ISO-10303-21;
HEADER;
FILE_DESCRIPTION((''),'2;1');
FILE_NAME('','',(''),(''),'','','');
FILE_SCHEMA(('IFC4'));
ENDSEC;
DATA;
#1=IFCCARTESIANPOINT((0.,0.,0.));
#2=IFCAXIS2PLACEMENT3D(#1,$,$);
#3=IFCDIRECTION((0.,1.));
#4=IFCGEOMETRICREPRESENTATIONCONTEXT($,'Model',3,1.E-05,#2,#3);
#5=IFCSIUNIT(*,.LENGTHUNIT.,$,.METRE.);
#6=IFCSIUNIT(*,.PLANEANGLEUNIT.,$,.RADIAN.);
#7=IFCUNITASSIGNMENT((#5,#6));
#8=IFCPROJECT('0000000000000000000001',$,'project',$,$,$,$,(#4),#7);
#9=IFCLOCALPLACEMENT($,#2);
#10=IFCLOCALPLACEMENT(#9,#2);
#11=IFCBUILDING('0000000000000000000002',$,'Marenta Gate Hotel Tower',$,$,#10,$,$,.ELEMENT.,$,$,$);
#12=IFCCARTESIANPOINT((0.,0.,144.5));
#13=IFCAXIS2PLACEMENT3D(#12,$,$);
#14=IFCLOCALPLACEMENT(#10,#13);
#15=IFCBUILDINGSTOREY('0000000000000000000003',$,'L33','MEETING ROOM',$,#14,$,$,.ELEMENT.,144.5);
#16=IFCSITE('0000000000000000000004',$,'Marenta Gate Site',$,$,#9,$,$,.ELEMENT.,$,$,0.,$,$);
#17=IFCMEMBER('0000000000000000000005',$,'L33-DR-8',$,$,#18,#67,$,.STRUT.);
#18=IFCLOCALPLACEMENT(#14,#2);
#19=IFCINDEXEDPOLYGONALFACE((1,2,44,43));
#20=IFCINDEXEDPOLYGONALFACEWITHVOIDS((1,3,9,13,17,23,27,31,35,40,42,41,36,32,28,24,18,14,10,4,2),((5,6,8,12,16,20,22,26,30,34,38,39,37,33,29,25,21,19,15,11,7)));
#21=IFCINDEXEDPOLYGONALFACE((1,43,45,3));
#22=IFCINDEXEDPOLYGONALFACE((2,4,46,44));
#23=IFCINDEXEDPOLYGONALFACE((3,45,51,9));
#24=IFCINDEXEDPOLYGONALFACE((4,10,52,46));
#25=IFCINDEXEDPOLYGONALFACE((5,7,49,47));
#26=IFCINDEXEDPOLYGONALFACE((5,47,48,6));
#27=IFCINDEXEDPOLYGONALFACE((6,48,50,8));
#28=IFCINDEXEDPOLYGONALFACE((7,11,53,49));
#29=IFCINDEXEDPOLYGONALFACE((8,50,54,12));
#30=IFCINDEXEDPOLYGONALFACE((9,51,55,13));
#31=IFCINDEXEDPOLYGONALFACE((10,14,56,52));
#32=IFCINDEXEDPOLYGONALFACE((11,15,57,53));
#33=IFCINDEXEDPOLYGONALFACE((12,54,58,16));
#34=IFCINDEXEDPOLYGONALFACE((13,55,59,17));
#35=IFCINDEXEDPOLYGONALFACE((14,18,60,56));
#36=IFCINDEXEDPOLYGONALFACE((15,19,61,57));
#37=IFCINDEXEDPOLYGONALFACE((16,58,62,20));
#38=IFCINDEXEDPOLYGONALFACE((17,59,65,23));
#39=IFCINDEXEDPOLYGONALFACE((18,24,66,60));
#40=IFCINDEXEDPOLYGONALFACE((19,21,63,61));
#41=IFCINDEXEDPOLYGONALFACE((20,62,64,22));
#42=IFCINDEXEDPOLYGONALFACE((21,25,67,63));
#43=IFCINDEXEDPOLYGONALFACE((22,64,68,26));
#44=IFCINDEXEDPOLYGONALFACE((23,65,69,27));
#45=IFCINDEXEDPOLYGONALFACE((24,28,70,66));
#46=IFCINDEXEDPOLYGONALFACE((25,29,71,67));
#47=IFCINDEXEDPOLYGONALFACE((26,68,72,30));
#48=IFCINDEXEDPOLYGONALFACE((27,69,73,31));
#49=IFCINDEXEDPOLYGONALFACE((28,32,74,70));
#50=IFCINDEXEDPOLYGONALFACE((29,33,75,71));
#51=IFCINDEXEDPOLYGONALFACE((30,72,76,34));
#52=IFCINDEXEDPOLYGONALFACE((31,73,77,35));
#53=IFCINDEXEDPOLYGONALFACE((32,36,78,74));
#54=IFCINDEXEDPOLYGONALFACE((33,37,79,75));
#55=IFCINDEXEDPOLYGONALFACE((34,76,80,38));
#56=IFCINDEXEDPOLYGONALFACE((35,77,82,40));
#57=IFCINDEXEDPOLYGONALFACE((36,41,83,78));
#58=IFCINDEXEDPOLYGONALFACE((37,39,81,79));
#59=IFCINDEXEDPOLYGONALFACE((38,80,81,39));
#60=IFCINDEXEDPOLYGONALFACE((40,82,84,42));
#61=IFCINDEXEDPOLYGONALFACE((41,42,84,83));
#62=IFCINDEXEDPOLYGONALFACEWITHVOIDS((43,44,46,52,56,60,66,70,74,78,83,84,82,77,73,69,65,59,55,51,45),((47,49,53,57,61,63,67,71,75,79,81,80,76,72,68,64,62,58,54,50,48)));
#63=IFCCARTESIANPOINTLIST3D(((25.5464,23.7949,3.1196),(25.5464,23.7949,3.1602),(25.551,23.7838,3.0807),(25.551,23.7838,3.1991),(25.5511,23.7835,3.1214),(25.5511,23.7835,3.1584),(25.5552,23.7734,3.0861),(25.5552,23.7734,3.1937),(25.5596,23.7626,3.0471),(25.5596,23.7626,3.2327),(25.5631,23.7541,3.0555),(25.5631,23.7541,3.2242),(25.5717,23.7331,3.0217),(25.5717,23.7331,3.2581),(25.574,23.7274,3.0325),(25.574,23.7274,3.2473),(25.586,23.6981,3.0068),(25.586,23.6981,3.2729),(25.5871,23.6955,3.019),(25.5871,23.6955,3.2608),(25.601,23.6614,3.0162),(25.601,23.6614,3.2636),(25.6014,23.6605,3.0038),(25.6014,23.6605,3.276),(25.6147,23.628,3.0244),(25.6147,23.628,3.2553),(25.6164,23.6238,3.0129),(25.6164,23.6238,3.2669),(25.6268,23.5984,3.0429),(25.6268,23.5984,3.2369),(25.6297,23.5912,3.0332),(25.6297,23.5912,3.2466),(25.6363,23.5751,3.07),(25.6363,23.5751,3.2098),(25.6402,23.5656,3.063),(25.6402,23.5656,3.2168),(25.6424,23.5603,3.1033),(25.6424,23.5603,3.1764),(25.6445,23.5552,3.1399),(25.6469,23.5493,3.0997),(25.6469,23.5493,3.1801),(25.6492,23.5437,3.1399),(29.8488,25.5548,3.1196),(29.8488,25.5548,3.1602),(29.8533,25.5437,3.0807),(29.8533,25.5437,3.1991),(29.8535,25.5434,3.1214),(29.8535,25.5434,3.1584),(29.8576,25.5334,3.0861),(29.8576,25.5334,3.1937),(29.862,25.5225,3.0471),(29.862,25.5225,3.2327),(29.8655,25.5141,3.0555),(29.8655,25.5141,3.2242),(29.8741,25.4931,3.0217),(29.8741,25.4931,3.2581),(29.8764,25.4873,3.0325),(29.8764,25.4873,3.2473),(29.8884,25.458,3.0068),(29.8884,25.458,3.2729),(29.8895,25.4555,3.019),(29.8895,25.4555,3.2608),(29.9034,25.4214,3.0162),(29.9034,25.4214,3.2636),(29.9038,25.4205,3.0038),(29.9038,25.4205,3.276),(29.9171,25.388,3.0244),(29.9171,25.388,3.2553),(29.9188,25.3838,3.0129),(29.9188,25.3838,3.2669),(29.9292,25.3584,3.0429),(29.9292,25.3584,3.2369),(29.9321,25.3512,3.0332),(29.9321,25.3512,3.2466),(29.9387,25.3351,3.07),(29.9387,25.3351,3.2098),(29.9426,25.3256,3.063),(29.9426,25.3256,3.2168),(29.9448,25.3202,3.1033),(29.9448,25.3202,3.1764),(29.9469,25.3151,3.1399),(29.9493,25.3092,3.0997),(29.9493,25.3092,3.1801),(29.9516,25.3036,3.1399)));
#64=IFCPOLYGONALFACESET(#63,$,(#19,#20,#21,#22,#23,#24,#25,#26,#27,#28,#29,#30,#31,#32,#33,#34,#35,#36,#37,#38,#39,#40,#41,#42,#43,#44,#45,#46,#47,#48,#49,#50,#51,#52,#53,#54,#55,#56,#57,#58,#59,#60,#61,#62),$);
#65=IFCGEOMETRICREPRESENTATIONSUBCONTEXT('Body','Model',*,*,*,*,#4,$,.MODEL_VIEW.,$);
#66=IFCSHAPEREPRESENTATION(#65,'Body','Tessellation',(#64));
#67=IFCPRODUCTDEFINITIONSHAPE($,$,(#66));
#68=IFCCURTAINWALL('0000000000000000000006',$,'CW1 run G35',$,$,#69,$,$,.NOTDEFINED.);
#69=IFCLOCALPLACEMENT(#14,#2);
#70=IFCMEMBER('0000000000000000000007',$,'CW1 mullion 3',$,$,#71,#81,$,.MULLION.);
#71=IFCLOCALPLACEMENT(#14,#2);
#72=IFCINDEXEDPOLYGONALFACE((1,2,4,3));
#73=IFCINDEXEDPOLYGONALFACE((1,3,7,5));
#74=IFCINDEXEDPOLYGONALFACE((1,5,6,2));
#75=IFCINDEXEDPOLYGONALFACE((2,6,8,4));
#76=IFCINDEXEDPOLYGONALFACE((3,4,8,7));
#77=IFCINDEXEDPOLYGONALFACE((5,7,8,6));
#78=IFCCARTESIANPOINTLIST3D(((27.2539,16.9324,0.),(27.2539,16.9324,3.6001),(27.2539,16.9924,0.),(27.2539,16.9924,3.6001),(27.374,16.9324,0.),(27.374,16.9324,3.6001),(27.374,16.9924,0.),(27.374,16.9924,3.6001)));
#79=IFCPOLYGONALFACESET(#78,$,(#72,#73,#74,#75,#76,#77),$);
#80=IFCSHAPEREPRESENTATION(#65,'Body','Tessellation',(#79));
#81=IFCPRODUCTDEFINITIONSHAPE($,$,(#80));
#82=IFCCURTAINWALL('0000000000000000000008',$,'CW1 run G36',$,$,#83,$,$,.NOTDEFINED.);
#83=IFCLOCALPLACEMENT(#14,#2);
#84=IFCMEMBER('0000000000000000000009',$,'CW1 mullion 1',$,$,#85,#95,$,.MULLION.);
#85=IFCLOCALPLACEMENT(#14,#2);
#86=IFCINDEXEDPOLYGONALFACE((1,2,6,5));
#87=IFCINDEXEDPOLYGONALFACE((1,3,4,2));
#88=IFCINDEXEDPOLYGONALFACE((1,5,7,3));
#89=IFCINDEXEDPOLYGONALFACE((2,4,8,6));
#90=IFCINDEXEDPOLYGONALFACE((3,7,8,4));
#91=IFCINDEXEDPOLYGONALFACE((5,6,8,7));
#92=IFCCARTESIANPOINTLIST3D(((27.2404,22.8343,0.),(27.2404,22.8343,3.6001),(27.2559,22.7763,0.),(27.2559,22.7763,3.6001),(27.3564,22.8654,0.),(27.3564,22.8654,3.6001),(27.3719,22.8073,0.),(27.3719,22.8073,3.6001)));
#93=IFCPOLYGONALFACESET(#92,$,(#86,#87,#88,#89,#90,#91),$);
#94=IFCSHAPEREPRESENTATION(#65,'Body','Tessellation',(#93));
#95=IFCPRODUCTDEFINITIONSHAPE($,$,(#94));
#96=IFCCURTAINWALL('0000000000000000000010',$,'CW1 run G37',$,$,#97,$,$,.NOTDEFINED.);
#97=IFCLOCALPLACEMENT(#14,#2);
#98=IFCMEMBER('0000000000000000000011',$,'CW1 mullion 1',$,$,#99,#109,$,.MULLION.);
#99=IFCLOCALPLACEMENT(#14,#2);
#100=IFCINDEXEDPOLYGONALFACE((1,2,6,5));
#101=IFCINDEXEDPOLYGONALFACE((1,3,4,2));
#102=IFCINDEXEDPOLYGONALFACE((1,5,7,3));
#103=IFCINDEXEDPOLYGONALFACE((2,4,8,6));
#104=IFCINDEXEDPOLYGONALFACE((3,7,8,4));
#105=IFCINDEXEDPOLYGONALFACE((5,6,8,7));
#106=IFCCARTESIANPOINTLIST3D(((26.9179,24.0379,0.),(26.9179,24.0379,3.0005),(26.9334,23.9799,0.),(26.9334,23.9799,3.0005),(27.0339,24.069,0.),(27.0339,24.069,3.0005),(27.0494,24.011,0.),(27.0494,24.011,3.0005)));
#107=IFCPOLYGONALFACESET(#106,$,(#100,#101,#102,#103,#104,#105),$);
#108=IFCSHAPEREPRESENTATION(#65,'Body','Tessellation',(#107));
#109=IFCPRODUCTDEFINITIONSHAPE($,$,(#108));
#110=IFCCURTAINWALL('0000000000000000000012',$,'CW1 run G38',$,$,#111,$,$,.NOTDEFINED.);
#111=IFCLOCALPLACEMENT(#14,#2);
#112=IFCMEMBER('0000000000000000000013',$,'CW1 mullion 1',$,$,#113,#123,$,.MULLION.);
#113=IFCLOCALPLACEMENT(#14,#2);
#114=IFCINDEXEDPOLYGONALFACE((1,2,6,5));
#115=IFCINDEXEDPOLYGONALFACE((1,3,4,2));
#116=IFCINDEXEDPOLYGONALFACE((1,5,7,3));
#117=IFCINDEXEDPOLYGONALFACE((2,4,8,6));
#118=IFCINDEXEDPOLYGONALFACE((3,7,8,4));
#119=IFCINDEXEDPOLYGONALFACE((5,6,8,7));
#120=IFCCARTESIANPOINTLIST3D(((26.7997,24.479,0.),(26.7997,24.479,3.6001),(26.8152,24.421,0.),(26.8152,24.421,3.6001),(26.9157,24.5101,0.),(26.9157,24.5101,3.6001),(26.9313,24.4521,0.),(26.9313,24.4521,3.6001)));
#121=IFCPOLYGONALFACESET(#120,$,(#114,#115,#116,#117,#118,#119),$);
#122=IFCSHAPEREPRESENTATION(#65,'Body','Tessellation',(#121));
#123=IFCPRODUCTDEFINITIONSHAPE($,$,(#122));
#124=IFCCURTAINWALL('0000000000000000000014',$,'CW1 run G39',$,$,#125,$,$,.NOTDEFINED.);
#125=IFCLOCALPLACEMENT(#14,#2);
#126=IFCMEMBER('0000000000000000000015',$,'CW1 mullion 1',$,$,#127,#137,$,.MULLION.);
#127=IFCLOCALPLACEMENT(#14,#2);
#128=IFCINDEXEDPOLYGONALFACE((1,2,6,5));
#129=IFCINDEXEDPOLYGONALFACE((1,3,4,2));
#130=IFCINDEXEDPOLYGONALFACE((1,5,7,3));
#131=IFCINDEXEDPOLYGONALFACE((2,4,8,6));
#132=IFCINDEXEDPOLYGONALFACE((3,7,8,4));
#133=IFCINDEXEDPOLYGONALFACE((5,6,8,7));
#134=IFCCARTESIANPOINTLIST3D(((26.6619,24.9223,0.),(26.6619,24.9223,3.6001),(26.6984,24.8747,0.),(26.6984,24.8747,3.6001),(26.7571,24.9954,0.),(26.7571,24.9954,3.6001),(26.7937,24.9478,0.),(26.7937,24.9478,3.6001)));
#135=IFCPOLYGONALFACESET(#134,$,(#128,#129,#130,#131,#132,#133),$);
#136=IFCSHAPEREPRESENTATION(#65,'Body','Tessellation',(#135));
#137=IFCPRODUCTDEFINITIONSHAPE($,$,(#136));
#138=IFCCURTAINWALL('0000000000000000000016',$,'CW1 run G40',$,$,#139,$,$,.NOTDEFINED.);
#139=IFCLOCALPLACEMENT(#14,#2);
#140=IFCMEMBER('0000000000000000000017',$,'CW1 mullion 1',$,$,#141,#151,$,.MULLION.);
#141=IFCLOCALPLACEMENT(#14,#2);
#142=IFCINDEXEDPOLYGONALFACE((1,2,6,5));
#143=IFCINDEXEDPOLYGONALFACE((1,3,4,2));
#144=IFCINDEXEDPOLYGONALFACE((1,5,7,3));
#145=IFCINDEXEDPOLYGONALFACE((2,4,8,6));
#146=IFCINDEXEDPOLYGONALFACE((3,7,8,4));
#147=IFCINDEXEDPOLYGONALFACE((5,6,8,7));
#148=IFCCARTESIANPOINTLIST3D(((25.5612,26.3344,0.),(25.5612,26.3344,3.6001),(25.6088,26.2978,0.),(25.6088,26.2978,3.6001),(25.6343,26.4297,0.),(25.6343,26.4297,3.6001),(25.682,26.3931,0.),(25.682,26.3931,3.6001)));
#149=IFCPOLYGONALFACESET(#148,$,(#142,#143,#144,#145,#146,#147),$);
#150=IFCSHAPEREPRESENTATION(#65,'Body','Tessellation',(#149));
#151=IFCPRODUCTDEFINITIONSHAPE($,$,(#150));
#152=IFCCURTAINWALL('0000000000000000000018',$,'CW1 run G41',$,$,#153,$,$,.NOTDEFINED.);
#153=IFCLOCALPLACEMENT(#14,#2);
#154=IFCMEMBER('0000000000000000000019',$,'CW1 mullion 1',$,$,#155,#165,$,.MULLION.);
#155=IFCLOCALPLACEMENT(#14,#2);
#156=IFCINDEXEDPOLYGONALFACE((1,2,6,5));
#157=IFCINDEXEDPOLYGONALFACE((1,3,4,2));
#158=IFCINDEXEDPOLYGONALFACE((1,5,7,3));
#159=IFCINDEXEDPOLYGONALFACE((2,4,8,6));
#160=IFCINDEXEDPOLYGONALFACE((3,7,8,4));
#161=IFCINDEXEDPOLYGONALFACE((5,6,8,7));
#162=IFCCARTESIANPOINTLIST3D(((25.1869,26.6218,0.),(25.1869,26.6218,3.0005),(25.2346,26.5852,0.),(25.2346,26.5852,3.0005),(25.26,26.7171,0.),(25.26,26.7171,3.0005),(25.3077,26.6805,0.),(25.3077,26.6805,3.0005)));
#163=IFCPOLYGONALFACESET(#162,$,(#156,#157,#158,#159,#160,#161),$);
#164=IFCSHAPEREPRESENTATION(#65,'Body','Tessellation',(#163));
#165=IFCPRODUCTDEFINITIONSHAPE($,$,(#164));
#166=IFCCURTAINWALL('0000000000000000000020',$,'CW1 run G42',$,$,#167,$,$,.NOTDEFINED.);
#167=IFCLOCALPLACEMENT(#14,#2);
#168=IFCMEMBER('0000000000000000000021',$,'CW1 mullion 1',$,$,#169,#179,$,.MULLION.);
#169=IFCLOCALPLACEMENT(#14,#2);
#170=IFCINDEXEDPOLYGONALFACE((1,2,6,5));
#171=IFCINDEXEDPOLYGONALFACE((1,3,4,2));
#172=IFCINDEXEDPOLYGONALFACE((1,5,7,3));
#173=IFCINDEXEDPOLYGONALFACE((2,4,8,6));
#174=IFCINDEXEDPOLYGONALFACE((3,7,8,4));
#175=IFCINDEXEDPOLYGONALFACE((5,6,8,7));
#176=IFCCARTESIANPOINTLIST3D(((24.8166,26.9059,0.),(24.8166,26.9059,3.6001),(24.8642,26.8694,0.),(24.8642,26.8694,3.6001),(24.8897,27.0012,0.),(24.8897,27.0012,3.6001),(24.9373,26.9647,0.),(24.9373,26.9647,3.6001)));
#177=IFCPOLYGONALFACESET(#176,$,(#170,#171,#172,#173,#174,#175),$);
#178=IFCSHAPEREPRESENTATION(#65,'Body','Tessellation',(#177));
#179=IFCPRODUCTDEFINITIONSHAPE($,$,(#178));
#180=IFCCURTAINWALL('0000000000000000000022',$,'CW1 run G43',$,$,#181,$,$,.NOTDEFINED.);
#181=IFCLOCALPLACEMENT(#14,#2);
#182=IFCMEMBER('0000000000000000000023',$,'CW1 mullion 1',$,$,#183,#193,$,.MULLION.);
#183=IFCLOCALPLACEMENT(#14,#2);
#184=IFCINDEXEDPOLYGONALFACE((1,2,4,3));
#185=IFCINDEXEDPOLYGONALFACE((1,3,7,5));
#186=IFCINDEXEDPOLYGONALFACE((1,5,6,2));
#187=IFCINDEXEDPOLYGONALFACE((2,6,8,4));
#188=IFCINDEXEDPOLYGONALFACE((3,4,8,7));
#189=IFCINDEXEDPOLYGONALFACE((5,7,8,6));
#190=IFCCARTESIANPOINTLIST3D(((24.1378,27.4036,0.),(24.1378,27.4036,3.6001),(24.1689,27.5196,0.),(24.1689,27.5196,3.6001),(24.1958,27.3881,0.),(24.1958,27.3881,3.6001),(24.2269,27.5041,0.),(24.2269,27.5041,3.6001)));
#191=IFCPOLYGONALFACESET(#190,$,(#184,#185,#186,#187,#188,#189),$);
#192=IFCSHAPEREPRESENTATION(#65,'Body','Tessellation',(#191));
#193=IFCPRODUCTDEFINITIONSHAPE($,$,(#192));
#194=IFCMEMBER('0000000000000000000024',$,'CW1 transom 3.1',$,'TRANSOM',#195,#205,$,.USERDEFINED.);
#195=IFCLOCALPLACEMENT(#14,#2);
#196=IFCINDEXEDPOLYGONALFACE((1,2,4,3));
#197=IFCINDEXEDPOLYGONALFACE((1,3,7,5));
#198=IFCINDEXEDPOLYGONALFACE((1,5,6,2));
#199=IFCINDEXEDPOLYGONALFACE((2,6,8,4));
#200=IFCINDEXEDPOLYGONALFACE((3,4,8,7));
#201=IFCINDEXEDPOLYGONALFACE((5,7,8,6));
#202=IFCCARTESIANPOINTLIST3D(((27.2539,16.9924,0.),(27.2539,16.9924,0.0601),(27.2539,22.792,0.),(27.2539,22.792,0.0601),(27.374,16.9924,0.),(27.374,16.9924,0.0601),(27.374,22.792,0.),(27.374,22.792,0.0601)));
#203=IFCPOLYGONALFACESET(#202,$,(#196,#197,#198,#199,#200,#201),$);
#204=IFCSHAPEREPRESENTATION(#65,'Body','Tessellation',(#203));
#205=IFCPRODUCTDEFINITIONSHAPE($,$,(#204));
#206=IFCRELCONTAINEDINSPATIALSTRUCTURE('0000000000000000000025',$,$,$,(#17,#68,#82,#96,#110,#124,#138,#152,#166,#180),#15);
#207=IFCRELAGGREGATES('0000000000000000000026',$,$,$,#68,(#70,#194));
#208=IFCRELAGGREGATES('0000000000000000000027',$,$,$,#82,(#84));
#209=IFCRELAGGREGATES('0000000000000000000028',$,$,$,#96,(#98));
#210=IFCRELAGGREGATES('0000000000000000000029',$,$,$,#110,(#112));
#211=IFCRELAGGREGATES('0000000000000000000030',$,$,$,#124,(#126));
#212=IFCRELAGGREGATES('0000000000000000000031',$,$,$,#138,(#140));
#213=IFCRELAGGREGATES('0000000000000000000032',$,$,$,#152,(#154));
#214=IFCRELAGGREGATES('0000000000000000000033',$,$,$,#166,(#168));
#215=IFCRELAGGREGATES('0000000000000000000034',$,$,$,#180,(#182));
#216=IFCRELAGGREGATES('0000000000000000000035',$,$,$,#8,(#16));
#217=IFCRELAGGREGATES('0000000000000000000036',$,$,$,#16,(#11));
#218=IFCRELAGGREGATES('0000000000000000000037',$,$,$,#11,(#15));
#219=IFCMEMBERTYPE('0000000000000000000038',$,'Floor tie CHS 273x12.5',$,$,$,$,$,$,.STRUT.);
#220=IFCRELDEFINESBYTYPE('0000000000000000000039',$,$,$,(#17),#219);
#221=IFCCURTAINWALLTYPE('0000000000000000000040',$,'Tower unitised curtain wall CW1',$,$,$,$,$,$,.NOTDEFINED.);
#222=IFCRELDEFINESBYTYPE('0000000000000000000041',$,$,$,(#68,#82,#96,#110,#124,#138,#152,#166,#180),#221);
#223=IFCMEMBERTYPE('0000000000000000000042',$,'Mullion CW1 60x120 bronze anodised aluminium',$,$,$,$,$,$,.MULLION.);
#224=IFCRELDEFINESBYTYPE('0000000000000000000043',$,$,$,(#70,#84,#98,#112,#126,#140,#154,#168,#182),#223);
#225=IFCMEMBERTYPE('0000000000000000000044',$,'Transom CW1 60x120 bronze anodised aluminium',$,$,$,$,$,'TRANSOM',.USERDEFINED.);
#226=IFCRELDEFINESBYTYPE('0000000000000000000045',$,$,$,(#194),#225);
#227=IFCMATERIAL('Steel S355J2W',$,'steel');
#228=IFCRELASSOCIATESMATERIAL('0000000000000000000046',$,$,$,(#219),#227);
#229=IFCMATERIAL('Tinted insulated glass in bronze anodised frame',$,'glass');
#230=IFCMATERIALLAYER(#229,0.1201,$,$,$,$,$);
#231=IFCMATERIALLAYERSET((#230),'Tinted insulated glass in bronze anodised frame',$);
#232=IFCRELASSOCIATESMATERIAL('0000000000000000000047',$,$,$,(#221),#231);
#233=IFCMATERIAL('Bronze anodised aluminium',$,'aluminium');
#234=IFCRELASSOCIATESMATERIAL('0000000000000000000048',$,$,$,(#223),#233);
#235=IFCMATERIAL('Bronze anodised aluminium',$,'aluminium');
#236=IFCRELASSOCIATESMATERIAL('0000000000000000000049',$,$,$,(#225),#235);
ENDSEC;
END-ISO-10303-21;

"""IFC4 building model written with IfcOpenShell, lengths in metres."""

from ifc_helpers import new_model, si_unit, direction, frame, origin, origin_2d, place, context, subcontext, project, spatial, rectangle, hollow_circle, extrude, material, layer, layer_set, material_profile, profile_set, type_object, element, aggregate, save


model = new_model("IFC4")

# Units and contexts
model_context = context("Model", 3, precision=1e-05, world=origin(), true_north=direction((0.0, 1.0)))
body_context = subcontext(model_context, "Body", "Model", "MODEL_VIEW")
ifc_project = project(units=[si_unit("LENGTHUNIT", "METRE"), si_unit("PLANEANGLEUNIT", "RADIAN")], contexts=[model_context])

# Site, building, storey
site_placement = place(None, origin())
site = spatial("IfcSite", under=ifc_project, at=site_placement, Name="Marenta Gate Site", CompositionType="ELEMENT", RefElevation=0.0)
building_placement = place(site_placement, origin())
building = spatial("IfcBuilding", under=site, at=building_placement, Name="Marenta Gate Hotel Tower", CompositionType="ELEMENT")
storey_placement = place(building_placement, frame((0.0, 0.0, 144.5)))
storey = spatial("IfcBuildingStorey", under=building, at=storey_placement, Name="L33", Description="MEETING ROOM", CompositionType="ELEMENT", Elevation=144.5)

# Member
ifc_material_1 = material(Name="Steel S355J2W", Category="steel")
ifc_material_profile_1 = material_profile(ifc_material_1, hollow_circle(Radius=0.1365, WallThickness=0.0125, at=origin_2d()), Name="CHS 273x12.5")
ifc_profile_set_1 = profile_set([ifc_material_profile_1], Name="Steel S355J2W")
member_type_1 = type_object("IfcMemberType", Name="Floor tie CHS 273x12.5", PredefinedType="STRUT", material=ifc_profile_set_1)
member_1_placement = place(storey_placement, frame((29.8999, 25.4299, 3.1399), z_axis=(-0.925554, -0.378614, 0.0), x_axis=(0.378614, -0.925554, 0.0)))
element("IfcMember", 1, at=member_1_placement, inside=storey, type_object=member_type_1, Name="L33-DR-8", PredefinedType="STRUT", context=body_context, shape_type="SweptSolid", body=[
    extrude(hollow_circle(Radius=0.1365, WallThickness=0.0125, at=origin_2d()), origin(), (0.0, 0.0, 1.0), 4.6484),
])

# Curtain walls, members
ifc_material_2 = material(Name="Tinted insulated glass in bronze anodised frame", Category="glass")
ifc_layer_1 = layer(ifc_material_2, 0.1201)
ifc_layer_set_1 = layer_set([ifc_layer_1], Name="Tinted insulated glass in bronze anodised frame")
curtain_wall_type = type_object("IfcCurtainWallType", Name="Tower unitised curtain wall CW1", PredefinedType="NOTDEFINED", material=ifc_layer_set_1)
curtain_wall_1_placement = place(storey_placement, origin())
curtain_wall_1 = element("IfcCurtainWall", 2, at=curtain_wall_1_placement, inside=storey, type_object=curtain_wall_type, Name="CW1 run G35", PredefinedType="NOTDEFINED")
ifc_material_3 = material(Name="Bronze anodised aluminium", Category="aluminium")
ifc_material_profile_2 = material_profile(ifc_material_3, rectangle(XDim=0.1201, YDim=0.0601, at=origin_2d()), Name="Mullion CW1 60x120 bronze anodised aluminium")
ifc_profile_set_2 = profile_set([ifc_material_profile_2], Name="Bronze anodised aluminium")
member_type_2 = type_object("IfcMemberType", Name="Mullion CW1 60x120 bronze anodised aluminium", PredefinedType="MULLION", material=ifc_profile_set_2)
member_2_placement = place(storey_placement, frame((27.314, 16.9624, 0.0), z_axis=(0.0, 0.0, 1.0), x_axis=(-1.0, 0.0, 0.0)))
member_2 = element("IfcMember", 3, at=member_2_placement, type_object=member_type_2, Name="CW1 mullion 3", PredefinedType="MULLION", context=body_context, shape_type="SweptSolid", body=[
    extrude(rectangle(XDim=0.1201, YDim=0.0601, at=origin_2d()), origin(), (0.0, 0.0, 1.0), 3.6001),
])
curtain_wall_2_placement = place(storey_placement, origin())
curtain_wall_2 = element("IfcCurtainWall", 4, at=curtain_wall_2_placement, inside=storey, type_object=curtain_wall_type, Name="CW1 run G36", PredefinedType="NOTDEFINED")
member_3_placement = place(storey_placement, frame((27.3062, 22.8208, 0.0), z_axis=(0.0, 0.0, 1.0), x_axis=(-0.965927, -0.258816, 0.0)))
member_3 = element("IfcMember", 5, at=member_3_placement, type_object=member_type_2, Name="CW1 mullion 1", PredefinedType="MULLION", context=body_context, shape_type="SweptSolid", body=[
    extrude(rectangle(XDim=0.1201, YDim=0.0601, at=origin_2d()), origin(), (0.0, 0.0, 1.0), 3.6001),
])
curtain_wall_3_placement = place(storey_placement, origin())
curtain_wall_3 = element("IfcCurtainWall", 6, at=curtain_wall_3_placement, inside=storey, type_object=curtain_wall_type, Name="CW1 run G37", PredefinedType="NOTDEFINED")
member_4_placement = place(storey_placement, frame((26.9836, 24.0244, 0.0), z_axis=(0.0, 0.0, 1.0), x_axis=(-0.965922, -0.258835, 0.0)))
member_4 = element("IfcMember", 7, at=member_4_placement, type_object=member_type_2, Name="CW1 mullion 1", PredefinedType="MULLION", context=body_context, shape_type="SweptSolid", body=[
    extrude(rectangle(XDim=0.1201, YDim=0.0601, at=origin_2d()), origin(), (0.0, 0.0, 1.0), 3.0005),
])
curtain_wall_4_placement = place(storey_placement, origin())
curtain_wall_4 = element("IfcCurtainWall", 8, at=curtain_wall_4_placement, inside=storey, type_object=curtain_wall_type, Name="CW1 run G38", PredefinedType="NOTDEFINED")
member_5_placement = place(storey_placement, frame((26.8655, 24.4656, 0.0), z_axis=(0.0, 0.0, 1.0), x_axis=(-0.965924, -0.258828, 0.0)))
member_5 = element("IfcMember", 9, at=member_5_placement, type_object=member_type_2, Name="CW1 mullion 1", PredefinedType="MULLION", context=body_context, shape_type="SweptSolid", body=[
    extrude(rectangle(XDim=0.1201, YDim=0.0601, at=origin_2d()), origin(), (0.0, 0.0, 1.0), 3.6001),
])
curtain_wall_5_placement = place(storey_placement, origin())
curtain_wall_5 = element("IfcCurtainWall", 10, at=curtain_wall_5_placement, inside=storey, type_object=curtain_wall_type, Name="CW1 run G39", PredefinedType="NOTDEFINED")
member_6_placement = place(storey_placement, frame((26.7278, 24.9351, 0.0), z_axis=(0.0, 0.0, 1.0), x_axis=(-0.793327, -0.608796, 0.0)))
member_6 = element("IfcMember", 11, at=member_6_placement, type_object=member_type_2, Name="CW1 mullion 1", PredefinedType="MULLION", context=body_context, shape_type="SweptSolid", body=[
    extrude(rectangle(XDim=0.1201, YDim=0.0601, at=origin_2d()), origin(), (0.0, 0.0, 1.0), 3.6001),
])
curtain_wall_6_placement = place(storey_placement, origin())
curtain_wall_6 = element("IfcCurtainWall", 12, at=curtain_wall_6_placement, inside=storey, type_object=curtain_wall_type, Name="CW1 run G40", PredefinedType="NOTDEFINED")
member_7_placement = place(storey_placement, frame((25.6216, 26.3638, 0.0), z_axis=(0.0, 0.0, 1.0), x_axis=(-0.608778, -0.79334, 0.0)))
member_7 = element("IfcMember", 13, at=member_7_placement, type_object=member_type_2, Name="CW1 mullion 1", PredefinedType="MULLION", context=body_context, shape_type="SweptSolid", body=[
    extrude(rectangle(XDim=0.1201, YDim=0.0601, at=origin_2d()), origin(), (0.0, 0.0, 1.0), 3.6001),
])
curtain_wall_7_placement = place(storey_placement, origin())
curtain_wall_7 = element("IfcCurtainWall", 14, at=curtain_wall_7_placement, inside=storey, type_object=curtain_wall_type, Name="CW1 run G41", PredefinedType="NOTDEFINED")
member_8_placement = place(storey_placement, frame((25.2473, 26.6511, 0.0), z_axis=(0.0, 0.0, 1.0), x_axis=(-0.608737, -0.793372, 0.0)))
member_8 = element("IfcMember", 15, at=member_8_placement, type_object=member_type_2, Name="CW1 mullion 1", PredefinedType="MULLION", context=body_context, shape_type="SweptSolid", body=[
    extrude(rectangle(XDim=0.1201, YDim=0.0601, at=origin_2d()), origin(), (0.0, 0.0, 1.0), 3.0005),
])
curtain_wall_8_placement = place(storey_placement, origin())
curtain_wall_8 = element("IfcCurtainWall", 16, at=curtain_wall_8_placement, inside=storey, type_object=curtain_wall_type, Name="CW1 run G42", PredefinedType="NOTDEFINED")
member_9_placement = place(storey_placement, frame((24.877, 26.9353, 0.0), z_axis=(0.0, 0.0, 1.0), x_axis=(-0.608837, -0.793295, 0.0)))
member_9 = element("IfcMember", 17, at=member_9_placement, type_object=member_type_2, Name="CW1 mullion 1", PredefinedType="MULLION", context=body_context, shape_type="SweptSolid", body=[
    extrude(rectangle(XDim=0.1201, YDim=0.0601, at=origin_2d()), origin(), (0.0, 0.0, 1.0), 3.6001),
])
curtain_wall_9_placement = place(storey_placement, origin())
curtain_wall_9 = element("IfcCurtainWall", 18, at=curtain_wall_9_placement, inside=storey, type_object=curtain_wall_type, Name="CW1 run G43", PredefinedType="NOTDEFINED")
member_10_placement = place(storey_placement, frame((24.1824, 27.4539, 0.0), z_axis=(0.0, 0.0, 1.0), x_axis=(-0.258806, -0.965929, 0.0)))
member_10 = element("IfcMember", 19, at=member_10_placement, type_object=member_type_2, Name="CW1 mullion 1", PredefinedType="MULLION", context=body_context, shape_type="SweptSolid", body=[
    extrude(rectangle(XDim=0.1201, YDim=0.0601, at=origin_2d()), origin(), (0.0, 0.0, 1.0), 3.6001),
])

# Member
ifc_material_4 = material(Name="Bronze anodised aluminium", Category="aluminium")
ifc_material_profile_3 = material_profile(ifc_material_4, rectangle(XDim=0.1201, YDim=0.0601, at=origin_2d()), Name="Transom CW1 60x120 bronze anodised aluminium")
ifc_profile_set_3 = profile_set([ifc_material_profile_3], Name="Bronze anodised aluminium")
member_type_3 = type_object("IfcMemberType", Name="Transom CW1 60x120 bronze anodised aluminium", ElementType="TRANSOM", PredefinedType="USERDEFINED", material=ifc_profile_set_3)
member_11_placement = place(storey_placement, frame((27.314, 16.9924, 0.03), z_axis=(0.0, 1.0, 0.0), x_axis=(-1.0, 0.0, 0.0)))
member_11 = element("IfcMember", 20, at=member_11_placement, type_object=member_type_3, Name="CW1 transom 3.1", ObjectType="TRANSOM", PredefinedType="USERDEFINED", context=body_context, shape_type="SweptSolid", body=[
    extrude(rectangle(XDim=0.1201, YDim=0.0601, at=origin_2d()), origin(), (0.0, 0.0, 1.0), 5.7996),
])

aggregate(curtain_wall_1, [member_2, member_11])
aggregate(curtain_wall_2, [member_3])
aggregate(curtain_wall_3, [member_4])
aggregate(curtain_wall_4, [member_5])
aggregate(curtain_wall_5, [member_6])
aggregate(curtain_wall_6, [member_7])
aggregate(curtain_wall_7, [member_8])
aggregate(curtain_wall_8, [member_9])
aggregate(curtain_wall_9, [member_10])

save(model, "model.ifc")
